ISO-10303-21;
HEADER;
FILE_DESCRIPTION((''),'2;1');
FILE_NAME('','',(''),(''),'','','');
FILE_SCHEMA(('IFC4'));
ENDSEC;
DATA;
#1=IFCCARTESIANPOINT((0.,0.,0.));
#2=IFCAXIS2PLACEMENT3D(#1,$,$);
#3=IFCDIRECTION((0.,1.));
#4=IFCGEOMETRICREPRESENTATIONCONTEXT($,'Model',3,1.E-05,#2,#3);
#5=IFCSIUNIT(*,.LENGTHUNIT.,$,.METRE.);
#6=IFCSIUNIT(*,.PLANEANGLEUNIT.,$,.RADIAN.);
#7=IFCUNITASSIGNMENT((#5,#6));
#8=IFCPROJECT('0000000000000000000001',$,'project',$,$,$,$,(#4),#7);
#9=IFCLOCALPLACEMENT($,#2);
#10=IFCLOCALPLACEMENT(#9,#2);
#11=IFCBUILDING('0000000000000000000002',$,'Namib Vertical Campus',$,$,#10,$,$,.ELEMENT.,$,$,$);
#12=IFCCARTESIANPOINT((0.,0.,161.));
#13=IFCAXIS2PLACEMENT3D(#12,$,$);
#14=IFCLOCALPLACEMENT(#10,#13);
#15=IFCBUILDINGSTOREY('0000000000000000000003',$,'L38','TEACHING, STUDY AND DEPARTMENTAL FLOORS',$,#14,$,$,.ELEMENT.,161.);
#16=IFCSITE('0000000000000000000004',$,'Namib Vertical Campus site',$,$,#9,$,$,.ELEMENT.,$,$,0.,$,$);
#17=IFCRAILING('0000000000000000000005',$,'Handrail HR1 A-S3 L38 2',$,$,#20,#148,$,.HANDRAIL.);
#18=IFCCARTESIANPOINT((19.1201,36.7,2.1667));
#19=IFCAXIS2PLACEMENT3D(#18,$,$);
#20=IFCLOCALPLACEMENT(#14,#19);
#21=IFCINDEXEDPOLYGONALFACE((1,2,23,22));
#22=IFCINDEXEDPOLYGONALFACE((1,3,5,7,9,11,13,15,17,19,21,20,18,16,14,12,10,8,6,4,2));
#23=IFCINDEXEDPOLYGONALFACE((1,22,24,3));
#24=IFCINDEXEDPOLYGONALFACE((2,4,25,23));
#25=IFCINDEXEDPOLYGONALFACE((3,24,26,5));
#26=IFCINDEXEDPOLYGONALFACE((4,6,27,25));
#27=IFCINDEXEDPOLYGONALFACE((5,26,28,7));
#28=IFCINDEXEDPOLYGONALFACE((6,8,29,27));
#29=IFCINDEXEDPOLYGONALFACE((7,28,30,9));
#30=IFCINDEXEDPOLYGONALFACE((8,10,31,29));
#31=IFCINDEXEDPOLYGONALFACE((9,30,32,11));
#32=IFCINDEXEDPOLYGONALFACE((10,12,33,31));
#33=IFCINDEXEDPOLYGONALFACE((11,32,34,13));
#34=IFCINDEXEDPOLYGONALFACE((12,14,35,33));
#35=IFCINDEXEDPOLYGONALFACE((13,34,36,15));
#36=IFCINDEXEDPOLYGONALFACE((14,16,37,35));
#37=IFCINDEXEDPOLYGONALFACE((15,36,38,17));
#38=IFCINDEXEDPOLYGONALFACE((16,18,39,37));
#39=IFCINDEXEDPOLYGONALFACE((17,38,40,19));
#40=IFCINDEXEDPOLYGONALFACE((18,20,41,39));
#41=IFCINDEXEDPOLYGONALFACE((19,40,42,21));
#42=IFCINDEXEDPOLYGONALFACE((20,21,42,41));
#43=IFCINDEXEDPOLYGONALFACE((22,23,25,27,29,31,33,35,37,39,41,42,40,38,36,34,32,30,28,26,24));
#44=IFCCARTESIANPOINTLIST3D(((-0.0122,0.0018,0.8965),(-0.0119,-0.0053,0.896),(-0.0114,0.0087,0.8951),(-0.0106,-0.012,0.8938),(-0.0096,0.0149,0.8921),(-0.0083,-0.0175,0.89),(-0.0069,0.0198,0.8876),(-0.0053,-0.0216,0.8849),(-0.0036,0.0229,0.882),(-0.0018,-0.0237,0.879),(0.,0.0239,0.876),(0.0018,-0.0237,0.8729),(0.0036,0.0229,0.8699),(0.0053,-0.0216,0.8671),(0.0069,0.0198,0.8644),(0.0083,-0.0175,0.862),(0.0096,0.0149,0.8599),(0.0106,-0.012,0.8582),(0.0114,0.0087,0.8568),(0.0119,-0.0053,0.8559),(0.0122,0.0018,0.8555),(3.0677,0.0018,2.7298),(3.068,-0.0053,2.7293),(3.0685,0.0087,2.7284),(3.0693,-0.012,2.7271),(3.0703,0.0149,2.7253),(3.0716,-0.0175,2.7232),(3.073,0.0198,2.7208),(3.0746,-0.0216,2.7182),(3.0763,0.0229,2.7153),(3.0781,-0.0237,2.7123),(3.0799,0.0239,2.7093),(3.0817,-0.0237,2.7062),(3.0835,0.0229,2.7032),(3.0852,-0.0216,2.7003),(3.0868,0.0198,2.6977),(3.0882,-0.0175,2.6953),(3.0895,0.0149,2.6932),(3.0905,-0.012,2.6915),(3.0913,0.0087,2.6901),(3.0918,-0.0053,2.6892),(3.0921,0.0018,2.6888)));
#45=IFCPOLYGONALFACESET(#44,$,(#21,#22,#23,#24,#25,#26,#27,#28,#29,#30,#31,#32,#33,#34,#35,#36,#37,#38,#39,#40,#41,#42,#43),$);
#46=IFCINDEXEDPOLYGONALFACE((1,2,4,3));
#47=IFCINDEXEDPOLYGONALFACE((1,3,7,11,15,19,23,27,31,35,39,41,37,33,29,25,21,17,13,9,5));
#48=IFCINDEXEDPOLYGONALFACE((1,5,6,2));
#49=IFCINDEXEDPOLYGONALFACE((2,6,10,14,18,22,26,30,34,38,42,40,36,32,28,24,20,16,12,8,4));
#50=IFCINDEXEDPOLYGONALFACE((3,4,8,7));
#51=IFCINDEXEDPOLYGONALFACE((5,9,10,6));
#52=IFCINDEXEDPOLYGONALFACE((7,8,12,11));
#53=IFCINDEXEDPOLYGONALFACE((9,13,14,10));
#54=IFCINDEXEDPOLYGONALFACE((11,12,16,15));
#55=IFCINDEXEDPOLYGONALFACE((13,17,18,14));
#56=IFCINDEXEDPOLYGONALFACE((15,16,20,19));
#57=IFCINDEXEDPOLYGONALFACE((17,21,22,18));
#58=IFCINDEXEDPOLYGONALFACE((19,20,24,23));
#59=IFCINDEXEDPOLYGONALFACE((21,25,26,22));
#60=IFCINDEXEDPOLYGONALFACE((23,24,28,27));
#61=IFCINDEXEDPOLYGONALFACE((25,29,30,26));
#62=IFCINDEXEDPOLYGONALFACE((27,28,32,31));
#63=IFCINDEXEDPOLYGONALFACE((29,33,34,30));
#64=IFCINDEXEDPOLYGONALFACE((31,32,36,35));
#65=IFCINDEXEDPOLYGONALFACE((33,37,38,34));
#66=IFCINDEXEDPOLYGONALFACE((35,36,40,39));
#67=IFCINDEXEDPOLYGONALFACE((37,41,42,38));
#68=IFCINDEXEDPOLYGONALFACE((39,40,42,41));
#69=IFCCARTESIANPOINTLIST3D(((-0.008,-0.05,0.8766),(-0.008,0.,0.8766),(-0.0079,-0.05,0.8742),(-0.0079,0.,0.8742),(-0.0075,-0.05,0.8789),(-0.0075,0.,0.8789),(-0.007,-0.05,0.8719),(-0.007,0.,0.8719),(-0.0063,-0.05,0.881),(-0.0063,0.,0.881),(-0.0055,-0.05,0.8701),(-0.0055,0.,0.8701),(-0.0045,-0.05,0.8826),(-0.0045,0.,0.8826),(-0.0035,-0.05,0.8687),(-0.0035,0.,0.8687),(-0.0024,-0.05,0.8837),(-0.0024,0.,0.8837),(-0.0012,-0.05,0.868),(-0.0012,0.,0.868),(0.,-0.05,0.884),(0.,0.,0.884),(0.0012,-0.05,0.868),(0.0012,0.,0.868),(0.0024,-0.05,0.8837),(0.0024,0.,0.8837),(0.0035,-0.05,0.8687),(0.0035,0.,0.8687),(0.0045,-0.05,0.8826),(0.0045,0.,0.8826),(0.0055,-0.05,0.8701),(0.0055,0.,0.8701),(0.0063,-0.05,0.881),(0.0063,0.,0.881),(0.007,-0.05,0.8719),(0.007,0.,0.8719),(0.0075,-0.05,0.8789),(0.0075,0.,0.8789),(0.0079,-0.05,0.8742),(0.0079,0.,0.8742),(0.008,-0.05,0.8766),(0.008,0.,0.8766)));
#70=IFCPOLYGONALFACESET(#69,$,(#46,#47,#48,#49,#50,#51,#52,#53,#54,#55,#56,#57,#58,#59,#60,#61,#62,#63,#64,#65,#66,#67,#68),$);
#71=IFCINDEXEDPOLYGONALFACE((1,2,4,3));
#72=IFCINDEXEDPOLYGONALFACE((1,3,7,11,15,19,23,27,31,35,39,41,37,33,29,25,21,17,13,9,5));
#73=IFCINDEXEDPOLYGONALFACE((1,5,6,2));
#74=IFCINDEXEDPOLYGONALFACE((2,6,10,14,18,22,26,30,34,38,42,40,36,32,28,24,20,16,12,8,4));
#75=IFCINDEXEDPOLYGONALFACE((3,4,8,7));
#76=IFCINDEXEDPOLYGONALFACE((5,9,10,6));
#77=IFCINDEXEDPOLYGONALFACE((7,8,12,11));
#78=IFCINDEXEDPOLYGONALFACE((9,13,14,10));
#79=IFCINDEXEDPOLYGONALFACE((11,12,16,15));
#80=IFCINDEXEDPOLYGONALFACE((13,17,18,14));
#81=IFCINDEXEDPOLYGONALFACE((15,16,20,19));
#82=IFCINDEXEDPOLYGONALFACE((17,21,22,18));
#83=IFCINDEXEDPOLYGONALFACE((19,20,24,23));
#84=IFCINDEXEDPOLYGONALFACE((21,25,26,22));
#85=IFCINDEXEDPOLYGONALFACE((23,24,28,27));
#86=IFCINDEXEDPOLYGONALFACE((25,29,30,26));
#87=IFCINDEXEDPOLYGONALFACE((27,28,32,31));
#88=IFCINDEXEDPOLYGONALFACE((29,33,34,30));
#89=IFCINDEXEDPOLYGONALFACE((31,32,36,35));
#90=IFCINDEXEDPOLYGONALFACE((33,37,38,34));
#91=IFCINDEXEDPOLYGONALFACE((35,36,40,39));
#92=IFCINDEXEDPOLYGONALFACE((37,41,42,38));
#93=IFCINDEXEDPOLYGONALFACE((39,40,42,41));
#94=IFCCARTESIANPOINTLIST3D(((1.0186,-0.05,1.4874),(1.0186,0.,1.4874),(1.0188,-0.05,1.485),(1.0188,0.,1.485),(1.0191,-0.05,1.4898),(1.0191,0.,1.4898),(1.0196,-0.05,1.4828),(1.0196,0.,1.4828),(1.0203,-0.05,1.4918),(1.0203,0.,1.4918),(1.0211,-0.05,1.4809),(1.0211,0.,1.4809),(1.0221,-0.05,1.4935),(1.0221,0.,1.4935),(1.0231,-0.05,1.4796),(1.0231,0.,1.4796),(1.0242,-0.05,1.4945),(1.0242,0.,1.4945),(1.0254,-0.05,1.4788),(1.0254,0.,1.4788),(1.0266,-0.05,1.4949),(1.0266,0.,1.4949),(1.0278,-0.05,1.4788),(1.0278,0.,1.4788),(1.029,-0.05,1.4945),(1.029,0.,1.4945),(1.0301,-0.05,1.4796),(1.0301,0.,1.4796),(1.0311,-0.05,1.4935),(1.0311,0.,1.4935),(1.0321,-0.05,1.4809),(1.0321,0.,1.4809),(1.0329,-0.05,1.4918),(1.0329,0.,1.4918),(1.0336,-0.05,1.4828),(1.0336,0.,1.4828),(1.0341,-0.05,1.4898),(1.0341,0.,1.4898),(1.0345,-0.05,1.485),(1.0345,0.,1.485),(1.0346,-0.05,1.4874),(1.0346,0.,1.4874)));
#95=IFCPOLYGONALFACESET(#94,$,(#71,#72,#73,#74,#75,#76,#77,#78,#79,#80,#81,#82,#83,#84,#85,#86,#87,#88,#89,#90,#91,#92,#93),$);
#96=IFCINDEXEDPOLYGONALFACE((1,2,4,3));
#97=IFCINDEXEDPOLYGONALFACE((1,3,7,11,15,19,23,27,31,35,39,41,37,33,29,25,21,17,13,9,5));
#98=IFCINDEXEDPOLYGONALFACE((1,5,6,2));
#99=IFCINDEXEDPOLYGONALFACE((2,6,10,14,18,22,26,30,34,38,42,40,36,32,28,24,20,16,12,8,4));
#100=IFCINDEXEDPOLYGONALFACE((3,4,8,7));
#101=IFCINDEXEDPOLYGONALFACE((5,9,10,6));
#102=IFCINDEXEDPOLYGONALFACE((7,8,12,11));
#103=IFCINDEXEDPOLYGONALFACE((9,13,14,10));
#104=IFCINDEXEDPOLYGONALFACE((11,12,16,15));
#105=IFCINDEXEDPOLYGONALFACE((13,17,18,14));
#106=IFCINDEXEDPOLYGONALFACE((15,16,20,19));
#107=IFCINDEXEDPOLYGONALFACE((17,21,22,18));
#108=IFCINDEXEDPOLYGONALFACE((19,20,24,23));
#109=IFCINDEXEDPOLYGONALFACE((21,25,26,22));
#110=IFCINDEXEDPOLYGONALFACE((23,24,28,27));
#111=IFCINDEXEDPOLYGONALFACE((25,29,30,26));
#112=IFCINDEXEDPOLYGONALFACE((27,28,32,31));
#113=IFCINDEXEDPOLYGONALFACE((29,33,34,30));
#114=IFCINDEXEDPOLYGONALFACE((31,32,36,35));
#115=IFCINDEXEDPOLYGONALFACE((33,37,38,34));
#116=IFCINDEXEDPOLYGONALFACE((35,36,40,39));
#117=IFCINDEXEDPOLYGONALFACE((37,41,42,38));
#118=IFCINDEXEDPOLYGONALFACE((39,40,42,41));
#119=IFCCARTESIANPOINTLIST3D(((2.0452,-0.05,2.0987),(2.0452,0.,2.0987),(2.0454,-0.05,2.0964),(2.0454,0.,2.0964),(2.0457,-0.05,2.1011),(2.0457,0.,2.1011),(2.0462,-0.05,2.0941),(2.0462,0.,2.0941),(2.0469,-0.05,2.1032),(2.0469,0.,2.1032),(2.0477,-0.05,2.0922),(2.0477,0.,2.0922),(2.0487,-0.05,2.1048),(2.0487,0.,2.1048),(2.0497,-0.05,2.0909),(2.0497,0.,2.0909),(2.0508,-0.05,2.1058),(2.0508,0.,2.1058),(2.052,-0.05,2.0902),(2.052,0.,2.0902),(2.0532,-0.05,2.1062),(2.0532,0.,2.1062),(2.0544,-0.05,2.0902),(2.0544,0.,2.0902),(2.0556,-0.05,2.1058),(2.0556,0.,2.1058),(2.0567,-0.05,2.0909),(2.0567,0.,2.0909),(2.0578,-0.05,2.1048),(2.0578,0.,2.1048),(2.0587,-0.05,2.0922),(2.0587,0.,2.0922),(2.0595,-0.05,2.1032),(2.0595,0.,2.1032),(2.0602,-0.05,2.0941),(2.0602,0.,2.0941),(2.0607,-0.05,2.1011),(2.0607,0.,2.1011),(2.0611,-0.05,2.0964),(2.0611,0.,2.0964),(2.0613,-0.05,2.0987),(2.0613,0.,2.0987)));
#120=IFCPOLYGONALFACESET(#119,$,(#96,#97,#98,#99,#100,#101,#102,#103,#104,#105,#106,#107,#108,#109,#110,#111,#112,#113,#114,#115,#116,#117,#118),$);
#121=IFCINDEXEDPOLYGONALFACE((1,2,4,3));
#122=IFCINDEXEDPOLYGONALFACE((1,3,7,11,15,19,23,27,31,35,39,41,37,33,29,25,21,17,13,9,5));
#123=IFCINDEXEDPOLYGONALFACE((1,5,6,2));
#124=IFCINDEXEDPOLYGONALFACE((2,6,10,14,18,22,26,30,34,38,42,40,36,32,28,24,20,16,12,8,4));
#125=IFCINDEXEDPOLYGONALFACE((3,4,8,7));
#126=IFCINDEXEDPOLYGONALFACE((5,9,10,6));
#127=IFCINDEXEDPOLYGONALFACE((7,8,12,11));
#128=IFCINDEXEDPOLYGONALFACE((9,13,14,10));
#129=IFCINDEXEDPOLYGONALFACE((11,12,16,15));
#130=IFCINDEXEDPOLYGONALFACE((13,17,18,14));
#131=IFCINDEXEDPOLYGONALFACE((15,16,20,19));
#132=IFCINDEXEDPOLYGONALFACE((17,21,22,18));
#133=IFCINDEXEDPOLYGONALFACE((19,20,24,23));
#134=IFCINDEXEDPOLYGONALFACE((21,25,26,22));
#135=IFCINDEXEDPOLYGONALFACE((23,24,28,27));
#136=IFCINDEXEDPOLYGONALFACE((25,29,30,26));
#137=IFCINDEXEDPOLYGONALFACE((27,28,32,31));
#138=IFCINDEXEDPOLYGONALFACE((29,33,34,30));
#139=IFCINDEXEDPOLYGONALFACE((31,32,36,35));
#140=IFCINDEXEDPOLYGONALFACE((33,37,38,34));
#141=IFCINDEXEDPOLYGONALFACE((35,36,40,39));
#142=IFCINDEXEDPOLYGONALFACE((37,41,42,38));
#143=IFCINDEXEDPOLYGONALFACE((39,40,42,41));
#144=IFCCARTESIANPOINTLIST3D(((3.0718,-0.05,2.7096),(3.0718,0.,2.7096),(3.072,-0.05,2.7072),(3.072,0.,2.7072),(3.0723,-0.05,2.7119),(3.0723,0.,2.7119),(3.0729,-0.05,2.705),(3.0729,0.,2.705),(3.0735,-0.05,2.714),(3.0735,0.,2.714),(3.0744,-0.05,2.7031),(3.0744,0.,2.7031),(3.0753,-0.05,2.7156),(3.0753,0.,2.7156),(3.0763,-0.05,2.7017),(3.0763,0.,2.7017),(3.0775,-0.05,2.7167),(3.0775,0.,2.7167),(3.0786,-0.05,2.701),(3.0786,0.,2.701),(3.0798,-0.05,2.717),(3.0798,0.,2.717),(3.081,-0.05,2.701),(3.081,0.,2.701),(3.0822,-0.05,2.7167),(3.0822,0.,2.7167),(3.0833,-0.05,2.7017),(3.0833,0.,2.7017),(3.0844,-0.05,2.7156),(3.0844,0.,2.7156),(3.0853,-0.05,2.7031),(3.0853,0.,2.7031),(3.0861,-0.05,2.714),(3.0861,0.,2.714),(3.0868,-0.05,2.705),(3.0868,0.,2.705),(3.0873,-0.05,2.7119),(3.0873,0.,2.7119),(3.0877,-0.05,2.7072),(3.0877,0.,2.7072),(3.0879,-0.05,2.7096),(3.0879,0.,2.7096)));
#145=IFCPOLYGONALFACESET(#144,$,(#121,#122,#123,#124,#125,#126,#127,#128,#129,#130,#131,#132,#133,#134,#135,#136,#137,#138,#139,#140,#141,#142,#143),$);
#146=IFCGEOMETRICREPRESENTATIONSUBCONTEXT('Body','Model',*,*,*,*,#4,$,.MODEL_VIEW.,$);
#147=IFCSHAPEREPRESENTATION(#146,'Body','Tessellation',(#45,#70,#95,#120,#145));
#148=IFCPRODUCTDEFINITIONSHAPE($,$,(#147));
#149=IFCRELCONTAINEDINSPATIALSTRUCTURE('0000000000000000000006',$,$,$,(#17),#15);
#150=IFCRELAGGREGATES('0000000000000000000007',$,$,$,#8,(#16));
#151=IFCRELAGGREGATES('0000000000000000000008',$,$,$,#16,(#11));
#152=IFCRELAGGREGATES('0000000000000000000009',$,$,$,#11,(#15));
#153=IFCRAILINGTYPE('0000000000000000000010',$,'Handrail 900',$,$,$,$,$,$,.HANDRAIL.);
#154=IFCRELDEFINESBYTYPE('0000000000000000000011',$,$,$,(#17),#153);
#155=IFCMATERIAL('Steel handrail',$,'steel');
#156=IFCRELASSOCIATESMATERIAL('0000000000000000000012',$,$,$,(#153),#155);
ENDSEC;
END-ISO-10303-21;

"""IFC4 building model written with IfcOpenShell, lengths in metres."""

from ifc_helpers import new_model, si_unit, direction, frame, origin, origin_2d, place, context, subcontext, project, spatial, circle, extrude, material, type_object, element, save


model = new_model("IFC4")

# Units and contexts
model_context = context("Model", 3, precision=1e-05, world=origin(), true_north=direction((0.0, 1.0)))
body_context = subcontext(model_context, "Body", "Model", "MODEL_VIEW")
ifc_project = project(units=[si_unit("LENGTHUNIT", "METRE"), si_unit("PLANEANGLEUNIT", "RADIAN")], contexts=[model_context])

# Site, building, storey
site_placement = place(None, origin())
site = spatial("IfcSite", under=ifc_project, at=site_placement, Name="Namib Vertical Campus site", CompositionType="ELEMENT", RefElevation=0.0)
building_placement = place(site_placement, origin())
building = spatial("IfcBuilding", under=site, at=building_placement, Name="Namib Vertical Campus", CompositionType="ELEMENT")
storey_placement = place(building_placement, frame((0.0, 0.0, 161.0)))
storey = spatial("IfcBuildingStorey", under=building, at=storey_placement, Name="L38", Description="TEACHING, STUDY AND DEPARTMENTAL FLOORS", CompositionType="ELEMENT", Elevation=161.0)

# Railing
ifc_material_1 = material(Name="Steel handrail", Category="steel")
railing_type_1 = type_object("IfcRailingType", Name="Handrail 900", PredefinedType="HANDRAIL", material=ifc_material_1)
railing_1_placement = place(storey_placement, frame((19.1201, 36.7, 2.1667)))
element("IfcRailing", 1, at=railing_1_placement, inside=storey, type_object=railing_type_1, Name="Handrail HR1 A-S3 L38 2", PredefinedType="HANDRAIL", context=body_context, shape_type="SweptSolid", body=[
    extrude(circle(Radius=0.0239, at=origin_2d()), frame((0.0, 0.0, 0.876), z_axis=(0.859291, 0.0, 0.511487), x_axis=(0.0, 1.0, 0.0)), (0.0, 0.0, 1.0), 3.5842),
    extrude(circle(Radius=0.0081, at=origin_2d()), frame((0.0, 0.0, 0.876), z_axis=(0.0, -1.0, 0.0), x_axis=(0.0, 0.0, 1.0)), (0.0, 0.0, 1.0), 0.05),
    extrude(circle(Radius=0.0081, at=origin_2d()), frame((1.0266, 0.0, 1.4868), z_axis=(0.0, -1.0, 0.0), x_axis=(0.0, 0.0, 1.0)), (0.0, 0.0, 1.0), 0.05),
    extrude(circle(Radius=0.0081, at=origin_2d()), frame((2.0532, 0.0, 2.0981), z_axis=(0.0, -1.0, 0.0), x_axis=(0.0, 0.0, 1.0)), (0.0, 0.0, 1.0), 0.05),
    extrude(circle(Radius=0.0081, at=origin_2d()), frame((3.0798, 0.0, 2.709), z_axis=(0.0, -1.0, 0.0), x_axis=(0.0, 0.0, 1.0)), (0.0, 0.0, 1.0), 0.05),
])

save(model, "model.ifc")
